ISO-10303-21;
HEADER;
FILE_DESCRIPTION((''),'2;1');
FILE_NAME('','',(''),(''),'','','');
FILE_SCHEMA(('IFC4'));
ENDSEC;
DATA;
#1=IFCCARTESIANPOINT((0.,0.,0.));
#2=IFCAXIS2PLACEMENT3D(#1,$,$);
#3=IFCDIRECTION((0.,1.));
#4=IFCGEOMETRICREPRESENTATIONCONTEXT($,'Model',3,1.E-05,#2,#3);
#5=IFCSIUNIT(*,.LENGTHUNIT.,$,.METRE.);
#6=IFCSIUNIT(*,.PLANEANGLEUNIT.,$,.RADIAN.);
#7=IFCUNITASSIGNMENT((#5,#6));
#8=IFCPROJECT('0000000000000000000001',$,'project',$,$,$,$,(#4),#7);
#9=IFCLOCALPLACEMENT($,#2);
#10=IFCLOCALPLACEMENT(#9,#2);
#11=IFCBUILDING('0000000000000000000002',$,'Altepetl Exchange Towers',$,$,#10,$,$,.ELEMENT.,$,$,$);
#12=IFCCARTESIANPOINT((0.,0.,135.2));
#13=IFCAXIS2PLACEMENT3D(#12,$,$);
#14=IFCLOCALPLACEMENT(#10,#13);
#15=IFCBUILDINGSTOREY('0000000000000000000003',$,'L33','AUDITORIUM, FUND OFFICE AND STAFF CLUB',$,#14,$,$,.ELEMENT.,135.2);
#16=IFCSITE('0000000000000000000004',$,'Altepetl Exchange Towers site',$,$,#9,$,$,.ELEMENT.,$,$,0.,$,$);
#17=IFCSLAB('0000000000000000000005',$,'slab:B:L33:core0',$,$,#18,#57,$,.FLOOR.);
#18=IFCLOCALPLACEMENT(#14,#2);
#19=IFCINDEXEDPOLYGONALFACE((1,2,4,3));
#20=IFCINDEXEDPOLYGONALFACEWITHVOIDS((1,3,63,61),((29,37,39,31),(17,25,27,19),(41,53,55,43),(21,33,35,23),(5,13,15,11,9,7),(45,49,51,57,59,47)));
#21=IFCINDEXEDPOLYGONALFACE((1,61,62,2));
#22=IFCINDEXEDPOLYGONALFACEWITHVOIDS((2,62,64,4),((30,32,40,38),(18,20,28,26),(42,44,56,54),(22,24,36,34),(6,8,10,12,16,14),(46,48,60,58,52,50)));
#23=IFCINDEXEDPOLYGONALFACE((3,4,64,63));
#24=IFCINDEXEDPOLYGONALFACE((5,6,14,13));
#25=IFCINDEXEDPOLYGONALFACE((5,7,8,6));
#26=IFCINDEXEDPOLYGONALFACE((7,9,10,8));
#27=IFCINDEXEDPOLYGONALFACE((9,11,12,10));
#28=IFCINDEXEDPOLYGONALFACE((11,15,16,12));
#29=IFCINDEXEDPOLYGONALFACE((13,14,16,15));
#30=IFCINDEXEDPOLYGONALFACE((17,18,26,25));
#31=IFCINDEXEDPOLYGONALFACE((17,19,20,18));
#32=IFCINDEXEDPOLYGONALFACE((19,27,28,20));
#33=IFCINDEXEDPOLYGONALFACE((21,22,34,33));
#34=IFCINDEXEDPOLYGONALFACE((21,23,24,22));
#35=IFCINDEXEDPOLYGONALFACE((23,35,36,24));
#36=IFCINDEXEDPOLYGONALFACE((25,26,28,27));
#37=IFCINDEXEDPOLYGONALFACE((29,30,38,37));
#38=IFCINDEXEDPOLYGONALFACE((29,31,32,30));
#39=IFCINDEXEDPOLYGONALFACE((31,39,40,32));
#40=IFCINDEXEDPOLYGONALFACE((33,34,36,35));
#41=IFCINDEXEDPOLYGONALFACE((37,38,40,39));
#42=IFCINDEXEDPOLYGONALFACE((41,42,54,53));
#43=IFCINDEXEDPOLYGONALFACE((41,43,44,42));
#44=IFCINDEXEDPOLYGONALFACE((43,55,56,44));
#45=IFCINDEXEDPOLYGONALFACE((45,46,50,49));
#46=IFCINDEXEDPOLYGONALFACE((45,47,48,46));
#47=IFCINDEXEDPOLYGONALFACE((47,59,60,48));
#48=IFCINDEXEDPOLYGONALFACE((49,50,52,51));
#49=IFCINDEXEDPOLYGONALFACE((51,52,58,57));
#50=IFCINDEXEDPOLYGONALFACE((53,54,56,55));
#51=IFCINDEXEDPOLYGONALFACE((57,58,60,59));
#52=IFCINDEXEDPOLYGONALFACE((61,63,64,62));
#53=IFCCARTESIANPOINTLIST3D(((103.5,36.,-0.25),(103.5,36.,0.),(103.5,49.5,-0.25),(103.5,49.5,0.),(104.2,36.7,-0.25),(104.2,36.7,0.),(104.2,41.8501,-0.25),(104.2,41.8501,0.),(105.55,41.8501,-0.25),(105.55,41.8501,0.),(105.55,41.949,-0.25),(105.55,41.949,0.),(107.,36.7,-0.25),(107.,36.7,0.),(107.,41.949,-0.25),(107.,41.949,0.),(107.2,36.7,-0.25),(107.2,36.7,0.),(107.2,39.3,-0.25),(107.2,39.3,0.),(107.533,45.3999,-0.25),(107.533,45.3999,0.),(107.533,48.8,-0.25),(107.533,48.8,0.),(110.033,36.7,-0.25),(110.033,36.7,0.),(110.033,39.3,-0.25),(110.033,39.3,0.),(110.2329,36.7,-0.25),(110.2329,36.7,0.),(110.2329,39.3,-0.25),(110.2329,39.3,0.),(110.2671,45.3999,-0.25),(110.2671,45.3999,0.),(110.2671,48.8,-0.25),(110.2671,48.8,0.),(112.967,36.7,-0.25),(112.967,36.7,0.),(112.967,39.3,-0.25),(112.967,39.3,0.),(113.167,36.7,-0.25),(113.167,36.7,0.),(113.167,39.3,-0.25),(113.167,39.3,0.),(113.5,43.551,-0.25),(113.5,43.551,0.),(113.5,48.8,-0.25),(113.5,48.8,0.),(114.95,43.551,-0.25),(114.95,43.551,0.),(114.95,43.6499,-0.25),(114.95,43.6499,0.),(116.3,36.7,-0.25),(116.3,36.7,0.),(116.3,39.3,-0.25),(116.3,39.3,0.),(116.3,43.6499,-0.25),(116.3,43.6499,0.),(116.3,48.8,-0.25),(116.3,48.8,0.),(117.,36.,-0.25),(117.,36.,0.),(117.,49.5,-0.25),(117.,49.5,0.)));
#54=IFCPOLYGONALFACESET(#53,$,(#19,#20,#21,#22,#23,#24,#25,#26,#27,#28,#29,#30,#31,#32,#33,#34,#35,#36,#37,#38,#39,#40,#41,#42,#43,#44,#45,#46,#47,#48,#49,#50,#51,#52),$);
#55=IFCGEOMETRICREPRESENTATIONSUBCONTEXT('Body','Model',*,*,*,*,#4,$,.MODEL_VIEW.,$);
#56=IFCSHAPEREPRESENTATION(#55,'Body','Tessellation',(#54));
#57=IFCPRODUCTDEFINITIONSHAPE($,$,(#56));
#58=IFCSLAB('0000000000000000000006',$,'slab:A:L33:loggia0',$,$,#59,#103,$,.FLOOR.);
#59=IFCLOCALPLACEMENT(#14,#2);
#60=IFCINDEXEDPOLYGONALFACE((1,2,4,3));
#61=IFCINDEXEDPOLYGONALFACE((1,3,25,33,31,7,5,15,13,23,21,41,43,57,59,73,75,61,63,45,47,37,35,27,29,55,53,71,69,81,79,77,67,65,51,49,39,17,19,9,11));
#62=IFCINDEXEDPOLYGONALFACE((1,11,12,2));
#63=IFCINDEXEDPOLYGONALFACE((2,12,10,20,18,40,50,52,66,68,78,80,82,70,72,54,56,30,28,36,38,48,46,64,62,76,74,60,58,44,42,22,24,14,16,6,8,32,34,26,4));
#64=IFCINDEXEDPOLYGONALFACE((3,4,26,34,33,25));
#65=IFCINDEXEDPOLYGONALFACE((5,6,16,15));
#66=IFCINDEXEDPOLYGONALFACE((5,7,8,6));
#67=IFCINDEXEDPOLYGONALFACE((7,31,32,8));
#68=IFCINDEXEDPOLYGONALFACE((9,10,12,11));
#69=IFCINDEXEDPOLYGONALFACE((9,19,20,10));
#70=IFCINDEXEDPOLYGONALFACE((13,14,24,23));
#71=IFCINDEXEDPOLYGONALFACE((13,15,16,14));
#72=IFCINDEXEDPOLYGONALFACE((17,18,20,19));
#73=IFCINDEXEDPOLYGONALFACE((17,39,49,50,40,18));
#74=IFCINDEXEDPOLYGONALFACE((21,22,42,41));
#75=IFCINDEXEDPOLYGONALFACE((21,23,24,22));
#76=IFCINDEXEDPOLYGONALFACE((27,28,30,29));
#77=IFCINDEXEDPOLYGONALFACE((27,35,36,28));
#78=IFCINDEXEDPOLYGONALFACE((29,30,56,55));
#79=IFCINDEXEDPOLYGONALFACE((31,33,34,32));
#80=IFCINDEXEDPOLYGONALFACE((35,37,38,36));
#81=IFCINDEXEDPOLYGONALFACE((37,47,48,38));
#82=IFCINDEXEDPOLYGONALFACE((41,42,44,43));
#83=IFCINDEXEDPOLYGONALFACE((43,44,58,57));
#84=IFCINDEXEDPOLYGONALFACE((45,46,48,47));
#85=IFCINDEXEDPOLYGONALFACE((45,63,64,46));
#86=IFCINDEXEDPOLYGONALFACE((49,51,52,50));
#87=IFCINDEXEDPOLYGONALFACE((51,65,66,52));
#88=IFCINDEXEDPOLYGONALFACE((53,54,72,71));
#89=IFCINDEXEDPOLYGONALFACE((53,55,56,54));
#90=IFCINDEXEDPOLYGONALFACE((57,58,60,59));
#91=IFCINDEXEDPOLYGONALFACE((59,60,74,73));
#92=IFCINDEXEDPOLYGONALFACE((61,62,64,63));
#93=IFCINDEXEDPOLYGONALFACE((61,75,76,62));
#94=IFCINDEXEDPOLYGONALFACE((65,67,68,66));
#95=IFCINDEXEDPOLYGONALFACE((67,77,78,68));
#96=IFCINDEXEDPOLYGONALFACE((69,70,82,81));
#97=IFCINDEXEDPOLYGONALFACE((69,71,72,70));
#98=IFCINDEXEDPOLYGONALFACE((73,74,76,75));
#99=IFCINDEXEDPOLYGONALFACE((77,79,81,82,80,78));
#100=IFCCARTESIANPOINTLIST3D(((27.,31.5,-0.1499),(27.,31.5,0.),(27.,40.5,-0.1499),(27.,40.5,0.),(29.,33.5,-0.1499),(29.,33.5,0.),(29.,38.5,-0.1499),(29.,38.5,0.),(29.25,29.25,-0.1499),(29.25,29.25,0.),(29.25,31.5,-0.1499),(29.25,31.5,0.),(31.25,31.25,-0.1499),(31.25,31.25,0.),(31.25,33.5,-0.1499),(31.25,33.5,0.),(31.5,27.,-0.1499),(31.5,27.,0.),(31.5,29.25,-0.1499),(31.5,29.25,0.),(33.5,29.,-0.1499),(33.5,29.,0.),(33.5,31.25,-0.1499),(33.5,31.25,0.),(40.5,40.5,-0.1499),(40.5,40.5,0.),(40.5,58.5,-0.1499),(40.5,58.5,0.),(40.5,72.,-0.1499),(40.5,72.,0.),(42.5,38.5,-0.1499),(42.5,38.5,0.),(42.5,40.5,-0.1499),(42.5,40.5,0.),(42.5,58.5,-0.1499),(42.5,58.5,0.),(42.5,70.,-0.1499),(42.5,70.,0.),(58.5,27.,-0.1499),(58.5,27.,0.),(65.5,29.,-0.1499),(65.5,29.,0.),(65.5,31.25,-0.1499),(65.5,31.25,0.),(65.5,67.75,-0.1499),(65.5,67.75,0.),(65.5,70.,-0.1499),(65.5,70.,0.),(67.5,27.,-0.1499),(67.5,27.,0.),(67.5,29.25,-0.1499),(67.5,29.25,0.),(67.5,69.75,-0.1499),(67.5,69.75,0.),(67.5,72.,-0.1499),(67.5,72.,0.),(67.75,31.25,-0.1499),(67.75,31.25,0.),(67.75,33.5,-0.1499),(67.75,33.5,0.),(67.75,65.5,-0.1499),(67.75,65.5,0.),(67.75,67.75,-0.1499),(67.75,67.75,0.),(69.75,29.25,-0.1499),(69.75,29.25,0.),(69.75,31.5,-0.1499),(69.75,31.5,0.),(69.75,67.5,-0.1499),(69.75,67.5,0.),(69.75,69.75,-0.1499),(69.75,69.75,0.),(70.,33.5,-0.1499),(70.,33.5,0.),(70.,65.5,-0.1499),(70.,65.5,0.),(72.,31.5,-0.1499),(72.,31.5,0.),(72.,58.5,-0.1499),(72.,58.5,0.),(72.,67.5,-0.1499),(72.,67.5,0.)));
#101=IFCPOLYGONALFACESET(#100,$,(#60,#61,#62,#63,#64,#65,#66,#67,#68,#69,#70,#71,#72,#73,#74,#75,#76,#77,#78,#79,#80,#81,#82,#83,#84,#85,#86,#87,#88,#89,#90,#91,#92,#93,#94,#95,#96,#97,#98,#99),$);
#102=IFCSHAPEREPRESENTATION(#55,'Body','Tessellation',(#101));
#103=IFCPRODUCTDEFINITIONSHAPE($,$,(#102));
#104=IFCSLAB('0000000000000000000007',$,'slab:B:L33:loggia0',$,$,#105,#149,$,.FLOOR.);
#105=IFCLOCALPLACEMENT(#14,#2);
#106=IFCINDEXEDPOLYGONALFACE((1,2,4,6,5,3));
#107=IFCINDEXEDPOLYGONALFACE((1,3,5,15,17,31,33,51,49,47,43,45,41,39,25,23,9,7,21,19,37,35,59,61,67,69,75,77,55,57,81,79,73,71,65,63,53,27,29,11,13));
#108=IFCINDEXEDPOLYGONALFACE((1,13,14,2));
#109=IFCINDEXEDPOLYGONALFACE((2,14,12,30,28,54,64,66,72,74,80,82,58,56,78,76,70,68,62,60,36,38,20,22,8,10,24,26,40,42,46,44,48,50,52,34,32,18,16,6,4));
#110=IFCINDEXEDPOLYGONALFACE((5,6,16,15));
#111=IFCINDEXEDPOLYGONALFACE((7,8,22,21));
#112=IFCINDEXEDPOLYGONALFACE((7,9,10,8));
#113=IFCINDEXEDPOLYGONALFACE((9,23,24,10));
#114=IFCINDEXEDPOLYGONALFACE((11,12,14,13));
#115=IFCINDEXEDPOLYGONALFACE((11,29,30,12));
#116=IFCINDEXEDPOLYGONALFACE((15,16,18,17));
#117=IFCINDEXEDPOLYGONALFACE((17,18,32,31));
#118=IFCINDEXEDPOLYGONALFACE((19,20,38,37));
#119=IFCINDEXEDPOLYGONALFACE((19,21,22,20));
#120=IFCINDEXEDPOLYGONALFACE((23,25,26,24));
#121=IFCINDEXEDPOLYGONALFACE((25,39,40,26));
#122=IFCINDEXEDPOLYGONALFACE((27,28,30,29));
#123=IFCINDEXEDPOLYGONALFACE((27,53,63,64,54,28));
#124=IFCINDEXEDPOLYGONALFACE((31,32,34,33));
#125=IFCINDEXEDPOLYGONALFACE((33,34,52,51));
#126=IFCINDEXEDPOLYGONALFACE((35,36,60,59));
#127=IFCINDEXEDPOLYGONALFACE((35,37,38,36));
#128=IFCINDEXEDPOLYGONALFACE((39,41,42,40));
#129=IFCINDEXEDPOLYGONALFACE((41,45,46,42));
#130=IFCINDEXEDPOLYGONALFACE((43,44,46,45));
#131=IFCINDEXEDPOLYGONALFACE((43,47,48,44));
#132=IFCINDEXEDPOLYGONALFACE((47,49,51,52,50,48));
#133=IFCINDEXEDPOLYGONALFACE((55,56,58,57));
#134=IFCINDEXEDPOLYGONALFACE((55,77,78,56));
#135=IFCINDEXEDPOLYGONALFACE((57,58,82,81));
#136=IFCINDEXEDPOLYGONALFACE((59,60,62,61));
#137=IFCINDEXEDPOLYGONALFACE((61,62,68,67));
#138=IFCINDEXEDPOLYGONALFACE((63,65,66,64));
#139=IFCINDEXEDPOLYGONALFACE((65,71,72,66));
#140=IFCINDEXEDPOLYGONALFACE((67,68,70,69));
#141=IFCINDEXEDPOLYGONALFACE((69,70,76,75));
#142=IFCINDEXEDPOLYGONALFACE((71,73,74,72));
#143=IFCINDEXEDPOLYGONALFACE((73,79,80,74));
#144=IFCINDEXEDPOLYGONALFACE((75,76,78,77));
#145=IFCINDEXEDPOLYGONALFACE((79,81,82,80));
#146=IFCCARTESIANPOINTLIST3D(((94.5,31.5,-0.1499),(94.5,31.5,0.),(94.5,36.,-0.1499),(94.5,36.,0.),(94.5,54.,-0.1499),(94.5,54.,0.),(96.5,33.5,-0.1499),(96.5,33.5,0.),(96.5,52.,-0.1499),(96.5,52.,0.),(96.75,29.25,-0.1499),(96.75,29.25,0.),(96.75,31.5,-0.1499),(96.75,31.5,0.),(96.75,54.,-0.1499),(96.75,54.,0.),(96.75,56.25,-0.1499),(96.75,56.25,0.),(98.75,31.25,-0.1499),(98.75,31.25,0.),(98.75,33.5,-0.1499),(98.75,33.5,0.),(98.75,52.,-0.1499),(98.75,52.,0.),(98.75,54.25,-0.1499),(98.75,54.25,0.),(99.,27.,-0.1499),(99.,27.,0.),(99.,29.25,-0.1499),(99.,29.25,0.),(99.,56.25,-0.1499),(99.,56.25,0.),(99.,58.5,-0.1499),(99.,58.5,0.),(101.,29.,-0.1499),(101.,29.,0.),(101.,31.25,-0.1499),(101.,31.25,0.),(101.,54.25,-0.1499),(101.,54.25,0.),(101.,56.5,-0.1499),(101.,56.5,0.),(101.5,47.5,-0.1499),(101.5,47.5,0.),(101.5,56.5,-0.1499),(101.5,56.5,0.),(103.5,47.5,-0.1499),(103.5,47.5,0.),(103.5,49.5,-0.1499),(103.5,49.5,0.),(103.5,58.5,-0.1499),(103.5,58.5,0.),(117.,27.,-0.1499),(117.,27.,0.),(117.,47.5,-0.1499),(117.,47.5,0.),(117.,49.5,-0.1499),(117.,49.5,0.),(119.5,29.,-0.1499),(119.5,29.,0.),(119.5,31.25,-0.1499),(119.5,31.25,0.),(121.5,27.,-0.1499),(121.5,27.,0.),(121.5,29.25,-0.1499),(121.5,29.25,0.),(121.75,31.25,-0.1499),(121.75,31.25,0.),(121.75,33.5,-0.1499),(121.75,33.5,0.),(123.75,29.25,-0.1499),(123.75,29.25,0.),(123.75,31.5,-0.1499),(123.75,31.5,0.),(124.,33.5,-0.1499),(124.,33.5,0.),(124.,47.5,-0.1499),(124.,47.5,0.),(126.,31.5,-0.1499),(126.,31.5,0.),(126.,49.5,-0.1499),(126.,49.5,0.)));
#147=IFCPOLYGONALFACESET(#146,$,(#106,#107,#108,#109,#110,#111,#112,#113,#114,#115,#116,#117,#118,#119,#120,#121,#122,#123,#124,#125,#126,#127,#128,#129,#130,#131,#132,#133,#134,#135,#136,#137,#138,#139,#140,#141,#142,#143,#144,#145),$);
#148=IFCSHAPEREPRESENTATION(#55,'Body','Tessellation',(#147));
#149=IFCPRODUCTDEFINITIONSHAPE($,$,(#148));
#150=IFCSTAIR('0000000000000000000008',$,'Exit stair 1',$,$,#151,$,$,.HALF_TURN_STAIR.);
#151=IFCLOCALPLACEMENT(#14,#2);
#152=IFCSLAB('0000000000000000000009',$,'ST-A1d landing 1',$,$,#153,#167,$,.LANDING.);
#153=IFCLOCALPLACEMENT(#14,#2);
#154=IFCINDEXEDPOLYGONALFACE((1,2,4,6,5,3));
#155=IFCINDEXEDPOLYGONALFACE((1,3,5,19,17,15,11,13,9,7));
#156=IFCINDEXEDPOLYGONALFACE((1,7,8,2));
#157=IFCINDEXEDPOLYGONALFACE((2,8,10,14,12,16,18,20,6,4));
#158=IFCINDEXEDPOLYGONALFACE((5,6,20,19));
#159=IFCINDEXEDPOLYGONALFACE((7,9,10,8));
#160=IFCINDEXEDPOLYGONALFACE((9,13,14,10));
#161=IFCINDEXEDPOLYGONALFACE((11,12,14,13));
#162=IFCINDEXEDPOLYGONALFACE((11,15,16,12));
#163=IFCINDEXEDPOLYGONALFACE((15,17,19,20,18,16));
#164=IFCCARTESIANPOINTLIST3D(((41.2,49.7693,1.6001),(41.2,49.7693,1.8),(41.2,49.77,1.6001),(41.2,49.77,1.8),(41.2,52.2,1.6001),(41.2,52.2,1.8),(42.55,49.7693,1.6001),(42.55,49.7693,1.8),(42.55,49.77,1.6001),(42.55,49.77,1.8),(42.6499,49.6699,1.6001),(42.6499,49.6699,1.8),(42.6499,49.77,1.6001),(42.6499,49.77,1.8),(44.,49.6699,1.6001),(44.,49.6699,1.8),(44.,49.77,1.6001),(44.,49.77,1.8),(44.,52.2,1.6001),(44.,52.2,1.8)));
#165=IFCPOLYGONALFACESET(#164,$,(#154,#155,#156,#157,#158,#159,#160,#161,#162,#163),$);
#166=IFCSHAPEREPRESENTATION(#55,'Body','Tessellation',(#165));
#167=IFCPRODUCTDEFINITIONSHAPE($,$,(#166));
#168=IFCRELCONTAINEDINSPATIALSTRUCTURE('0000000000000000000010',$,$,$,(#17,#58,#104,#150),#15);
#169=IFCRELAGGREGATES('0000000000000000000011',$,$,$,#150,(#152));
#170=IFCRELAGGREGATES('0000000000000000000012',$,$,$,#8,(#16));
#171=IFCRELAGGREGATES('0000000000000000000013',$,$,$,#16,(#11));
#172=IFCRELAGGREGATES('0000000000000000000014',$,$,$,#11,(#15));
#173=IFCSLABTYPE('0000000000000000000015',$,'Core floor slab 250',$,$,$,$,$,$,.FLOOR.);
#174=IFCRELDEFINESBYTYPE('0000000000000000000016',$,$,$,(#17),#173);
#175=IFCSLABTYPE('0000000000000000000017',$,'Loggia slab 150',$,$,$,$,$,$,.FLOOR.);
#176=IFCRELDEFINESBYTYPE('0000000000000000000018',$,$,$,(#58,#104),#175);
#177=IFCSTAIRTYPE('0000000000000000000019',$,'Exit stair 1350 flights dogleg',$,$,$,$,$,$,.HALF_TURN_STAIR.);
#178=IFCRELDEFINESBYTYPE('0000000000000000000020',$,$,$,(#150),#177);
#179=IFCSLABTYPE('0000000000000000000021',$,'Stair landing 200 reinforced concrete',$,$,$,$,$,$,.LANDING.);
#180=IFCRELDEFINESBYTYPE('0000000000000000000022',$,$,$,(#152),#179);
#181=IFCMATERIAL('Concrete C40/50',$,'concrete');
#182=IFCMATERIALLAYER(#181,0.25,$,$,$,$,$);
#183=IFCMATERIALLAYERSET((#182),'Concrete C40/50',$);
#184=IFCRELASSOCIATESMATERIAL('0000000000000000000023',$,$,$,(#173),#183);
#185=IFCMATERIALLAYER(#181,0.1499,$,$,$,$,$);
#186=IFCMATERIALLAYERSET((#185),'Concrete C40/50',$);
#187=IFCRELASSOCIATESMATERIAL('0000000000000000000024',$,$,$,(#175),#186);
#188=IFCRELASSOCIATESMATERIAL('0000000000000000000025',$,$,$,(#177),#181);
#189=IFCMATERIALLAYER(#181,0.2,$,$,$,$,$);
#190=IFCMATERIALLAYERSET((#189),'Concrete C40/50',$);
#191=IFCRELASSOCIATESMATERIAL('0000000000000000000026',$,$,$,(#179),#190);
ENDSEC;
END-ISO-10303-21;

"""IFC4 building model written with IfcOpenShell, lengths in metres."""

from ifc_helpers import new_model, si_unit, direction, frame, origin, place, context, subcontext, project, spatial, polyline, outline, extrude, material, layer, layer_set, type_object, element, aggregate, save


model = new_model("IFC4")

# Units and contexts
model_context = context("Model", 3, precision=1e-05, world=origin(), true_north=direction((0.0, 1.0)))
body_context = subcontext(model_context, "Body", "Model", "MODEL_VIEW")
ifc_project = project(units=[si_unit("LENGTHUNIT", "METRE"), si_unit("PLANEANGLEUNIT", "RADIAN")], contexts=[model_context])

# Site, building, storey
site_placement = place(None, origin())
site = spatial("IfcSite", under=ifc_project, at=site_placement, Name="Altepetl Exchange Towers site", CompositionType="ELEMENT", RefElevation=0.0)
building_placement = place(site_placement, origin())
building = spatial("IfcBuilding", under=site, at=building_placement, Name="Altepetl Exchange Towers", CompositionType="ELEMENT")
storey_placement = place(building_placement, frame((0.0, 0.0, 135.2)))
storey = spatial("IfcBuildingStorey", under=building, at=storey_placement, Name="L33", Description="AUDITORIUM, FUND OFFICE AND STAFF CLUB", CompositionType="ELEMENT", Elevation=135.2)

# Slabs
ifc_material_1 = material(Name="Concrete C40/50", Category="concrete")
ifc_layer_1 = layer(ifc_material_1, 0.25)
ifc_layer_set_1 = layer_set([ifc_layer_1], Name="Concrete C40/50")
slab_type_1 = type_object("IfcSlabType", Name="Core floor slab 250", PredefinedType="FLOOR", material=ifc_layer_set_1)
slab_1_placement = place(storey_placement, frame((0.0, 0.0, -0.25)))
element("IfcSlab", 1, at=slab_1_placement, inside=storey, type_object=slab_type_1, Name="slab:B:L33:core0", PredefinedType="FLOOR", context=body_context, shape_type="SweptSolid", body=[
    extrude(outline(polyline([(103.5, 36.0), (117.0, 36.0), (117.0, 49.5), (103.5, 49.5), (103.5, 36.0)]), holes=[polyline([(107.2, 36.7), (107.2, 39.3), (110.033, 39.3), (110.033, 36.7), (107.2, 36.7)]), polyline([(110.2329, 39.3), (112.967, 39.3), (112.967, 36.7), (110.2329, 36.7), (110.2329, 39.3)]), polyline([(113.167, 39.3), (116.3, 39.3), (116.3, 36.7), (113.167, 36.7), (113.167, 39.3)]), polyline([(107.0, 36.7), (104.2, 36.7), (104.2, 41.8501), (105.55, 41.8501), (105.55, 41.949), (107.0, 41.949), (107.0, 36.7)]), polyline([(116.3, 48.8), (116.3, 43.6499), (114.95, 43.6499), (114.95, 43.551), (113.5, 43.551), (113.5, 48.8), (116.3, 48.8)]), polyline([(107.533, 48.8), (110.2671, 48.8), (110.2671, 45.3999), (107.533, 45.3999), (107.533, 48.8)])]), origin(), (0.0, 0.0, 1.0), 0.25),
])
ifc_layer_2 = layer(ifc_material_1, 0.1499)
ifc_layer_set_2 = layer_set([ifc_layer_2], Name="Concrete C40/50")
slab_type_2 = type_object("IfcSlabType", Name="Loggia slab 150", PredefinedType="FLOOR", material=ifc_layer_set_2)
slab_2_placement = place(storey_placement, frame((0.0, 0.0, -0.1499)))
element("IfcSlab", 2, at=slab_2_placement, inside=storey, type_object=slab_type_2, Name="slab:A:L33:loggia0", PredefinedType="FLOOR", context=body_context, shape_type="SweptSolid", body=[
    extrude(outline(polyline([(40.5, 72.0), (40.5, 58.5), (42.5, 58.5), (42.5, 70.0), (65.5, 70.0), (65.5, 67.75), (67.75, 67.75), (67.75, 65.5), (70.0, 65.5), (70.0, 33.5), (67.75, 33.5), (67.75, 31.25), (65.5, 31.25), (65.5, 29.0), (33.5, 29.0), (33.5, 31.25), (31.25, 31.25), (31.25, 33.5), (29.0, 33.5), (29.0, 38.5), (42.5, 38.5), (42.5, 40.5), (40.5, 40.5), (27.0, 40.5), (27.0, 31.5), (29.25, 31.5), (29.25, 29.25), (31.5, 29.25), (31.5, 27.0), (58.5, 27.0), (67.5, 27.0), (67.5, 29.25), (69.75, 29.25), (69.75, 31.5), (72.0, 31.5), (72.0, 58.5), (72.0, 67.5), (69.75, 67.5), (69.75, 69.75), (67.5, 69.75), (67.5, 72.0), (40.5, 72.0)])), origin(), (0.0, 0.0, 1.0), 0.1499),
])
slab_3_placement = place(storey_placement, frame((0.0, 0.0, -0.1499)))
element("IfcSlab", 3, at=slab_3_placement, inside=storey, type_object=slab_type_2, Name="slab:B:L33:loggia0", PredefinedType="FLOOR", context=body_context, shape_type="SweptSolid", body=[
    extrude(outline(polyline([(96.75, 54.0), (94.5, 54.0), (94.5, 36.0), (94.5, 31.5), (96.75, 31.5), (96.75, 29.25), (99.0, 29.25), (99.0, 27.0), (117.0, 27.0), (121.5, 27.0), (121.5, 29.25), (123.75, 29.25), (123.75, 31.5), (126.0, 31.5), (126.0, 49.5), (117.0, 49.5), (117.0, 47.5), (124.0, 47.5), (124.0, 33.5), (121.75, 33.5), (121.75, 31.25), (119.5, 31.25), (119.5, 29.0), (101.0, 29.0), (101.0, 31.25), (98.75, 31.25), (98.75, 33.5), (96.5, 33.5), (96.5, 52.0), (98.75, 52.0), (98.75, 54.25), (101.0, 54.25), (101.0, 56.5), (101.5, 56.5), (101.5, 47.5), (103.5, 47.5), (103.5, 49.5), (103.5, 58.5), (99.0, 58.5), (99.0, 56.25), (96.75, 56.25), (96.75, 54.0)])), origin(), (0.0, 0.0, 1.0), 0.1499),
])

# Stair, slab
stair_type = type_object("IfcStairType", Name="Exit stair 1350 flights dogleg", PredefinedType="HALF_TURN_STAIR", material=ifc_material_1)
stair_1_placement = place(storey_placement, origin())
stair_1 = element("IfcStair", 4, at=stair_1_placement, inside=storey, type_object=stair_type, Name="Exit stair 1", PredefinedType="HALF_TURN_STAIR")
ifc_layer_3 = layer(ifc_material_1, 0.2)
ifc_layer_set_3 = layer_set([ifc_layer_3], Name="Concrete C40/50")
slab_type_3 = type_object("IfcSlabType", Name="Stair landing 200 reinforced concrete", PredefinedType="LANDING", material=ifc_layer_set_3)
slab_4_placement = place(storey_placement, frame((0.0, 0.0, 1.6001)))
slab_4 = element("IfcSlab", 5, at=slab_4_placement, type_object=slab_type_3, Name="ST-A1d landing 1", PredefinedType="LANDING", context=body_context, shape_type="SweptSolid", body=[
    extrude(outline(polyline([(44.0, 49.6699), (42.6499, 49.6699), (42.6499, 49.77), (42.55, 49.77), (42.55, 49.7693), (41.2, 49.7693), (41.2, 49.77), (41.2, 52.2), (44.0, 52.2), (44.0, 49.77), (44.0, 49.6699)])), origin(), (0.0, 0.0, 1.0), 0.2),
])
aggregate(stair_1, [slab_4])

save(model, "model.ifc")
